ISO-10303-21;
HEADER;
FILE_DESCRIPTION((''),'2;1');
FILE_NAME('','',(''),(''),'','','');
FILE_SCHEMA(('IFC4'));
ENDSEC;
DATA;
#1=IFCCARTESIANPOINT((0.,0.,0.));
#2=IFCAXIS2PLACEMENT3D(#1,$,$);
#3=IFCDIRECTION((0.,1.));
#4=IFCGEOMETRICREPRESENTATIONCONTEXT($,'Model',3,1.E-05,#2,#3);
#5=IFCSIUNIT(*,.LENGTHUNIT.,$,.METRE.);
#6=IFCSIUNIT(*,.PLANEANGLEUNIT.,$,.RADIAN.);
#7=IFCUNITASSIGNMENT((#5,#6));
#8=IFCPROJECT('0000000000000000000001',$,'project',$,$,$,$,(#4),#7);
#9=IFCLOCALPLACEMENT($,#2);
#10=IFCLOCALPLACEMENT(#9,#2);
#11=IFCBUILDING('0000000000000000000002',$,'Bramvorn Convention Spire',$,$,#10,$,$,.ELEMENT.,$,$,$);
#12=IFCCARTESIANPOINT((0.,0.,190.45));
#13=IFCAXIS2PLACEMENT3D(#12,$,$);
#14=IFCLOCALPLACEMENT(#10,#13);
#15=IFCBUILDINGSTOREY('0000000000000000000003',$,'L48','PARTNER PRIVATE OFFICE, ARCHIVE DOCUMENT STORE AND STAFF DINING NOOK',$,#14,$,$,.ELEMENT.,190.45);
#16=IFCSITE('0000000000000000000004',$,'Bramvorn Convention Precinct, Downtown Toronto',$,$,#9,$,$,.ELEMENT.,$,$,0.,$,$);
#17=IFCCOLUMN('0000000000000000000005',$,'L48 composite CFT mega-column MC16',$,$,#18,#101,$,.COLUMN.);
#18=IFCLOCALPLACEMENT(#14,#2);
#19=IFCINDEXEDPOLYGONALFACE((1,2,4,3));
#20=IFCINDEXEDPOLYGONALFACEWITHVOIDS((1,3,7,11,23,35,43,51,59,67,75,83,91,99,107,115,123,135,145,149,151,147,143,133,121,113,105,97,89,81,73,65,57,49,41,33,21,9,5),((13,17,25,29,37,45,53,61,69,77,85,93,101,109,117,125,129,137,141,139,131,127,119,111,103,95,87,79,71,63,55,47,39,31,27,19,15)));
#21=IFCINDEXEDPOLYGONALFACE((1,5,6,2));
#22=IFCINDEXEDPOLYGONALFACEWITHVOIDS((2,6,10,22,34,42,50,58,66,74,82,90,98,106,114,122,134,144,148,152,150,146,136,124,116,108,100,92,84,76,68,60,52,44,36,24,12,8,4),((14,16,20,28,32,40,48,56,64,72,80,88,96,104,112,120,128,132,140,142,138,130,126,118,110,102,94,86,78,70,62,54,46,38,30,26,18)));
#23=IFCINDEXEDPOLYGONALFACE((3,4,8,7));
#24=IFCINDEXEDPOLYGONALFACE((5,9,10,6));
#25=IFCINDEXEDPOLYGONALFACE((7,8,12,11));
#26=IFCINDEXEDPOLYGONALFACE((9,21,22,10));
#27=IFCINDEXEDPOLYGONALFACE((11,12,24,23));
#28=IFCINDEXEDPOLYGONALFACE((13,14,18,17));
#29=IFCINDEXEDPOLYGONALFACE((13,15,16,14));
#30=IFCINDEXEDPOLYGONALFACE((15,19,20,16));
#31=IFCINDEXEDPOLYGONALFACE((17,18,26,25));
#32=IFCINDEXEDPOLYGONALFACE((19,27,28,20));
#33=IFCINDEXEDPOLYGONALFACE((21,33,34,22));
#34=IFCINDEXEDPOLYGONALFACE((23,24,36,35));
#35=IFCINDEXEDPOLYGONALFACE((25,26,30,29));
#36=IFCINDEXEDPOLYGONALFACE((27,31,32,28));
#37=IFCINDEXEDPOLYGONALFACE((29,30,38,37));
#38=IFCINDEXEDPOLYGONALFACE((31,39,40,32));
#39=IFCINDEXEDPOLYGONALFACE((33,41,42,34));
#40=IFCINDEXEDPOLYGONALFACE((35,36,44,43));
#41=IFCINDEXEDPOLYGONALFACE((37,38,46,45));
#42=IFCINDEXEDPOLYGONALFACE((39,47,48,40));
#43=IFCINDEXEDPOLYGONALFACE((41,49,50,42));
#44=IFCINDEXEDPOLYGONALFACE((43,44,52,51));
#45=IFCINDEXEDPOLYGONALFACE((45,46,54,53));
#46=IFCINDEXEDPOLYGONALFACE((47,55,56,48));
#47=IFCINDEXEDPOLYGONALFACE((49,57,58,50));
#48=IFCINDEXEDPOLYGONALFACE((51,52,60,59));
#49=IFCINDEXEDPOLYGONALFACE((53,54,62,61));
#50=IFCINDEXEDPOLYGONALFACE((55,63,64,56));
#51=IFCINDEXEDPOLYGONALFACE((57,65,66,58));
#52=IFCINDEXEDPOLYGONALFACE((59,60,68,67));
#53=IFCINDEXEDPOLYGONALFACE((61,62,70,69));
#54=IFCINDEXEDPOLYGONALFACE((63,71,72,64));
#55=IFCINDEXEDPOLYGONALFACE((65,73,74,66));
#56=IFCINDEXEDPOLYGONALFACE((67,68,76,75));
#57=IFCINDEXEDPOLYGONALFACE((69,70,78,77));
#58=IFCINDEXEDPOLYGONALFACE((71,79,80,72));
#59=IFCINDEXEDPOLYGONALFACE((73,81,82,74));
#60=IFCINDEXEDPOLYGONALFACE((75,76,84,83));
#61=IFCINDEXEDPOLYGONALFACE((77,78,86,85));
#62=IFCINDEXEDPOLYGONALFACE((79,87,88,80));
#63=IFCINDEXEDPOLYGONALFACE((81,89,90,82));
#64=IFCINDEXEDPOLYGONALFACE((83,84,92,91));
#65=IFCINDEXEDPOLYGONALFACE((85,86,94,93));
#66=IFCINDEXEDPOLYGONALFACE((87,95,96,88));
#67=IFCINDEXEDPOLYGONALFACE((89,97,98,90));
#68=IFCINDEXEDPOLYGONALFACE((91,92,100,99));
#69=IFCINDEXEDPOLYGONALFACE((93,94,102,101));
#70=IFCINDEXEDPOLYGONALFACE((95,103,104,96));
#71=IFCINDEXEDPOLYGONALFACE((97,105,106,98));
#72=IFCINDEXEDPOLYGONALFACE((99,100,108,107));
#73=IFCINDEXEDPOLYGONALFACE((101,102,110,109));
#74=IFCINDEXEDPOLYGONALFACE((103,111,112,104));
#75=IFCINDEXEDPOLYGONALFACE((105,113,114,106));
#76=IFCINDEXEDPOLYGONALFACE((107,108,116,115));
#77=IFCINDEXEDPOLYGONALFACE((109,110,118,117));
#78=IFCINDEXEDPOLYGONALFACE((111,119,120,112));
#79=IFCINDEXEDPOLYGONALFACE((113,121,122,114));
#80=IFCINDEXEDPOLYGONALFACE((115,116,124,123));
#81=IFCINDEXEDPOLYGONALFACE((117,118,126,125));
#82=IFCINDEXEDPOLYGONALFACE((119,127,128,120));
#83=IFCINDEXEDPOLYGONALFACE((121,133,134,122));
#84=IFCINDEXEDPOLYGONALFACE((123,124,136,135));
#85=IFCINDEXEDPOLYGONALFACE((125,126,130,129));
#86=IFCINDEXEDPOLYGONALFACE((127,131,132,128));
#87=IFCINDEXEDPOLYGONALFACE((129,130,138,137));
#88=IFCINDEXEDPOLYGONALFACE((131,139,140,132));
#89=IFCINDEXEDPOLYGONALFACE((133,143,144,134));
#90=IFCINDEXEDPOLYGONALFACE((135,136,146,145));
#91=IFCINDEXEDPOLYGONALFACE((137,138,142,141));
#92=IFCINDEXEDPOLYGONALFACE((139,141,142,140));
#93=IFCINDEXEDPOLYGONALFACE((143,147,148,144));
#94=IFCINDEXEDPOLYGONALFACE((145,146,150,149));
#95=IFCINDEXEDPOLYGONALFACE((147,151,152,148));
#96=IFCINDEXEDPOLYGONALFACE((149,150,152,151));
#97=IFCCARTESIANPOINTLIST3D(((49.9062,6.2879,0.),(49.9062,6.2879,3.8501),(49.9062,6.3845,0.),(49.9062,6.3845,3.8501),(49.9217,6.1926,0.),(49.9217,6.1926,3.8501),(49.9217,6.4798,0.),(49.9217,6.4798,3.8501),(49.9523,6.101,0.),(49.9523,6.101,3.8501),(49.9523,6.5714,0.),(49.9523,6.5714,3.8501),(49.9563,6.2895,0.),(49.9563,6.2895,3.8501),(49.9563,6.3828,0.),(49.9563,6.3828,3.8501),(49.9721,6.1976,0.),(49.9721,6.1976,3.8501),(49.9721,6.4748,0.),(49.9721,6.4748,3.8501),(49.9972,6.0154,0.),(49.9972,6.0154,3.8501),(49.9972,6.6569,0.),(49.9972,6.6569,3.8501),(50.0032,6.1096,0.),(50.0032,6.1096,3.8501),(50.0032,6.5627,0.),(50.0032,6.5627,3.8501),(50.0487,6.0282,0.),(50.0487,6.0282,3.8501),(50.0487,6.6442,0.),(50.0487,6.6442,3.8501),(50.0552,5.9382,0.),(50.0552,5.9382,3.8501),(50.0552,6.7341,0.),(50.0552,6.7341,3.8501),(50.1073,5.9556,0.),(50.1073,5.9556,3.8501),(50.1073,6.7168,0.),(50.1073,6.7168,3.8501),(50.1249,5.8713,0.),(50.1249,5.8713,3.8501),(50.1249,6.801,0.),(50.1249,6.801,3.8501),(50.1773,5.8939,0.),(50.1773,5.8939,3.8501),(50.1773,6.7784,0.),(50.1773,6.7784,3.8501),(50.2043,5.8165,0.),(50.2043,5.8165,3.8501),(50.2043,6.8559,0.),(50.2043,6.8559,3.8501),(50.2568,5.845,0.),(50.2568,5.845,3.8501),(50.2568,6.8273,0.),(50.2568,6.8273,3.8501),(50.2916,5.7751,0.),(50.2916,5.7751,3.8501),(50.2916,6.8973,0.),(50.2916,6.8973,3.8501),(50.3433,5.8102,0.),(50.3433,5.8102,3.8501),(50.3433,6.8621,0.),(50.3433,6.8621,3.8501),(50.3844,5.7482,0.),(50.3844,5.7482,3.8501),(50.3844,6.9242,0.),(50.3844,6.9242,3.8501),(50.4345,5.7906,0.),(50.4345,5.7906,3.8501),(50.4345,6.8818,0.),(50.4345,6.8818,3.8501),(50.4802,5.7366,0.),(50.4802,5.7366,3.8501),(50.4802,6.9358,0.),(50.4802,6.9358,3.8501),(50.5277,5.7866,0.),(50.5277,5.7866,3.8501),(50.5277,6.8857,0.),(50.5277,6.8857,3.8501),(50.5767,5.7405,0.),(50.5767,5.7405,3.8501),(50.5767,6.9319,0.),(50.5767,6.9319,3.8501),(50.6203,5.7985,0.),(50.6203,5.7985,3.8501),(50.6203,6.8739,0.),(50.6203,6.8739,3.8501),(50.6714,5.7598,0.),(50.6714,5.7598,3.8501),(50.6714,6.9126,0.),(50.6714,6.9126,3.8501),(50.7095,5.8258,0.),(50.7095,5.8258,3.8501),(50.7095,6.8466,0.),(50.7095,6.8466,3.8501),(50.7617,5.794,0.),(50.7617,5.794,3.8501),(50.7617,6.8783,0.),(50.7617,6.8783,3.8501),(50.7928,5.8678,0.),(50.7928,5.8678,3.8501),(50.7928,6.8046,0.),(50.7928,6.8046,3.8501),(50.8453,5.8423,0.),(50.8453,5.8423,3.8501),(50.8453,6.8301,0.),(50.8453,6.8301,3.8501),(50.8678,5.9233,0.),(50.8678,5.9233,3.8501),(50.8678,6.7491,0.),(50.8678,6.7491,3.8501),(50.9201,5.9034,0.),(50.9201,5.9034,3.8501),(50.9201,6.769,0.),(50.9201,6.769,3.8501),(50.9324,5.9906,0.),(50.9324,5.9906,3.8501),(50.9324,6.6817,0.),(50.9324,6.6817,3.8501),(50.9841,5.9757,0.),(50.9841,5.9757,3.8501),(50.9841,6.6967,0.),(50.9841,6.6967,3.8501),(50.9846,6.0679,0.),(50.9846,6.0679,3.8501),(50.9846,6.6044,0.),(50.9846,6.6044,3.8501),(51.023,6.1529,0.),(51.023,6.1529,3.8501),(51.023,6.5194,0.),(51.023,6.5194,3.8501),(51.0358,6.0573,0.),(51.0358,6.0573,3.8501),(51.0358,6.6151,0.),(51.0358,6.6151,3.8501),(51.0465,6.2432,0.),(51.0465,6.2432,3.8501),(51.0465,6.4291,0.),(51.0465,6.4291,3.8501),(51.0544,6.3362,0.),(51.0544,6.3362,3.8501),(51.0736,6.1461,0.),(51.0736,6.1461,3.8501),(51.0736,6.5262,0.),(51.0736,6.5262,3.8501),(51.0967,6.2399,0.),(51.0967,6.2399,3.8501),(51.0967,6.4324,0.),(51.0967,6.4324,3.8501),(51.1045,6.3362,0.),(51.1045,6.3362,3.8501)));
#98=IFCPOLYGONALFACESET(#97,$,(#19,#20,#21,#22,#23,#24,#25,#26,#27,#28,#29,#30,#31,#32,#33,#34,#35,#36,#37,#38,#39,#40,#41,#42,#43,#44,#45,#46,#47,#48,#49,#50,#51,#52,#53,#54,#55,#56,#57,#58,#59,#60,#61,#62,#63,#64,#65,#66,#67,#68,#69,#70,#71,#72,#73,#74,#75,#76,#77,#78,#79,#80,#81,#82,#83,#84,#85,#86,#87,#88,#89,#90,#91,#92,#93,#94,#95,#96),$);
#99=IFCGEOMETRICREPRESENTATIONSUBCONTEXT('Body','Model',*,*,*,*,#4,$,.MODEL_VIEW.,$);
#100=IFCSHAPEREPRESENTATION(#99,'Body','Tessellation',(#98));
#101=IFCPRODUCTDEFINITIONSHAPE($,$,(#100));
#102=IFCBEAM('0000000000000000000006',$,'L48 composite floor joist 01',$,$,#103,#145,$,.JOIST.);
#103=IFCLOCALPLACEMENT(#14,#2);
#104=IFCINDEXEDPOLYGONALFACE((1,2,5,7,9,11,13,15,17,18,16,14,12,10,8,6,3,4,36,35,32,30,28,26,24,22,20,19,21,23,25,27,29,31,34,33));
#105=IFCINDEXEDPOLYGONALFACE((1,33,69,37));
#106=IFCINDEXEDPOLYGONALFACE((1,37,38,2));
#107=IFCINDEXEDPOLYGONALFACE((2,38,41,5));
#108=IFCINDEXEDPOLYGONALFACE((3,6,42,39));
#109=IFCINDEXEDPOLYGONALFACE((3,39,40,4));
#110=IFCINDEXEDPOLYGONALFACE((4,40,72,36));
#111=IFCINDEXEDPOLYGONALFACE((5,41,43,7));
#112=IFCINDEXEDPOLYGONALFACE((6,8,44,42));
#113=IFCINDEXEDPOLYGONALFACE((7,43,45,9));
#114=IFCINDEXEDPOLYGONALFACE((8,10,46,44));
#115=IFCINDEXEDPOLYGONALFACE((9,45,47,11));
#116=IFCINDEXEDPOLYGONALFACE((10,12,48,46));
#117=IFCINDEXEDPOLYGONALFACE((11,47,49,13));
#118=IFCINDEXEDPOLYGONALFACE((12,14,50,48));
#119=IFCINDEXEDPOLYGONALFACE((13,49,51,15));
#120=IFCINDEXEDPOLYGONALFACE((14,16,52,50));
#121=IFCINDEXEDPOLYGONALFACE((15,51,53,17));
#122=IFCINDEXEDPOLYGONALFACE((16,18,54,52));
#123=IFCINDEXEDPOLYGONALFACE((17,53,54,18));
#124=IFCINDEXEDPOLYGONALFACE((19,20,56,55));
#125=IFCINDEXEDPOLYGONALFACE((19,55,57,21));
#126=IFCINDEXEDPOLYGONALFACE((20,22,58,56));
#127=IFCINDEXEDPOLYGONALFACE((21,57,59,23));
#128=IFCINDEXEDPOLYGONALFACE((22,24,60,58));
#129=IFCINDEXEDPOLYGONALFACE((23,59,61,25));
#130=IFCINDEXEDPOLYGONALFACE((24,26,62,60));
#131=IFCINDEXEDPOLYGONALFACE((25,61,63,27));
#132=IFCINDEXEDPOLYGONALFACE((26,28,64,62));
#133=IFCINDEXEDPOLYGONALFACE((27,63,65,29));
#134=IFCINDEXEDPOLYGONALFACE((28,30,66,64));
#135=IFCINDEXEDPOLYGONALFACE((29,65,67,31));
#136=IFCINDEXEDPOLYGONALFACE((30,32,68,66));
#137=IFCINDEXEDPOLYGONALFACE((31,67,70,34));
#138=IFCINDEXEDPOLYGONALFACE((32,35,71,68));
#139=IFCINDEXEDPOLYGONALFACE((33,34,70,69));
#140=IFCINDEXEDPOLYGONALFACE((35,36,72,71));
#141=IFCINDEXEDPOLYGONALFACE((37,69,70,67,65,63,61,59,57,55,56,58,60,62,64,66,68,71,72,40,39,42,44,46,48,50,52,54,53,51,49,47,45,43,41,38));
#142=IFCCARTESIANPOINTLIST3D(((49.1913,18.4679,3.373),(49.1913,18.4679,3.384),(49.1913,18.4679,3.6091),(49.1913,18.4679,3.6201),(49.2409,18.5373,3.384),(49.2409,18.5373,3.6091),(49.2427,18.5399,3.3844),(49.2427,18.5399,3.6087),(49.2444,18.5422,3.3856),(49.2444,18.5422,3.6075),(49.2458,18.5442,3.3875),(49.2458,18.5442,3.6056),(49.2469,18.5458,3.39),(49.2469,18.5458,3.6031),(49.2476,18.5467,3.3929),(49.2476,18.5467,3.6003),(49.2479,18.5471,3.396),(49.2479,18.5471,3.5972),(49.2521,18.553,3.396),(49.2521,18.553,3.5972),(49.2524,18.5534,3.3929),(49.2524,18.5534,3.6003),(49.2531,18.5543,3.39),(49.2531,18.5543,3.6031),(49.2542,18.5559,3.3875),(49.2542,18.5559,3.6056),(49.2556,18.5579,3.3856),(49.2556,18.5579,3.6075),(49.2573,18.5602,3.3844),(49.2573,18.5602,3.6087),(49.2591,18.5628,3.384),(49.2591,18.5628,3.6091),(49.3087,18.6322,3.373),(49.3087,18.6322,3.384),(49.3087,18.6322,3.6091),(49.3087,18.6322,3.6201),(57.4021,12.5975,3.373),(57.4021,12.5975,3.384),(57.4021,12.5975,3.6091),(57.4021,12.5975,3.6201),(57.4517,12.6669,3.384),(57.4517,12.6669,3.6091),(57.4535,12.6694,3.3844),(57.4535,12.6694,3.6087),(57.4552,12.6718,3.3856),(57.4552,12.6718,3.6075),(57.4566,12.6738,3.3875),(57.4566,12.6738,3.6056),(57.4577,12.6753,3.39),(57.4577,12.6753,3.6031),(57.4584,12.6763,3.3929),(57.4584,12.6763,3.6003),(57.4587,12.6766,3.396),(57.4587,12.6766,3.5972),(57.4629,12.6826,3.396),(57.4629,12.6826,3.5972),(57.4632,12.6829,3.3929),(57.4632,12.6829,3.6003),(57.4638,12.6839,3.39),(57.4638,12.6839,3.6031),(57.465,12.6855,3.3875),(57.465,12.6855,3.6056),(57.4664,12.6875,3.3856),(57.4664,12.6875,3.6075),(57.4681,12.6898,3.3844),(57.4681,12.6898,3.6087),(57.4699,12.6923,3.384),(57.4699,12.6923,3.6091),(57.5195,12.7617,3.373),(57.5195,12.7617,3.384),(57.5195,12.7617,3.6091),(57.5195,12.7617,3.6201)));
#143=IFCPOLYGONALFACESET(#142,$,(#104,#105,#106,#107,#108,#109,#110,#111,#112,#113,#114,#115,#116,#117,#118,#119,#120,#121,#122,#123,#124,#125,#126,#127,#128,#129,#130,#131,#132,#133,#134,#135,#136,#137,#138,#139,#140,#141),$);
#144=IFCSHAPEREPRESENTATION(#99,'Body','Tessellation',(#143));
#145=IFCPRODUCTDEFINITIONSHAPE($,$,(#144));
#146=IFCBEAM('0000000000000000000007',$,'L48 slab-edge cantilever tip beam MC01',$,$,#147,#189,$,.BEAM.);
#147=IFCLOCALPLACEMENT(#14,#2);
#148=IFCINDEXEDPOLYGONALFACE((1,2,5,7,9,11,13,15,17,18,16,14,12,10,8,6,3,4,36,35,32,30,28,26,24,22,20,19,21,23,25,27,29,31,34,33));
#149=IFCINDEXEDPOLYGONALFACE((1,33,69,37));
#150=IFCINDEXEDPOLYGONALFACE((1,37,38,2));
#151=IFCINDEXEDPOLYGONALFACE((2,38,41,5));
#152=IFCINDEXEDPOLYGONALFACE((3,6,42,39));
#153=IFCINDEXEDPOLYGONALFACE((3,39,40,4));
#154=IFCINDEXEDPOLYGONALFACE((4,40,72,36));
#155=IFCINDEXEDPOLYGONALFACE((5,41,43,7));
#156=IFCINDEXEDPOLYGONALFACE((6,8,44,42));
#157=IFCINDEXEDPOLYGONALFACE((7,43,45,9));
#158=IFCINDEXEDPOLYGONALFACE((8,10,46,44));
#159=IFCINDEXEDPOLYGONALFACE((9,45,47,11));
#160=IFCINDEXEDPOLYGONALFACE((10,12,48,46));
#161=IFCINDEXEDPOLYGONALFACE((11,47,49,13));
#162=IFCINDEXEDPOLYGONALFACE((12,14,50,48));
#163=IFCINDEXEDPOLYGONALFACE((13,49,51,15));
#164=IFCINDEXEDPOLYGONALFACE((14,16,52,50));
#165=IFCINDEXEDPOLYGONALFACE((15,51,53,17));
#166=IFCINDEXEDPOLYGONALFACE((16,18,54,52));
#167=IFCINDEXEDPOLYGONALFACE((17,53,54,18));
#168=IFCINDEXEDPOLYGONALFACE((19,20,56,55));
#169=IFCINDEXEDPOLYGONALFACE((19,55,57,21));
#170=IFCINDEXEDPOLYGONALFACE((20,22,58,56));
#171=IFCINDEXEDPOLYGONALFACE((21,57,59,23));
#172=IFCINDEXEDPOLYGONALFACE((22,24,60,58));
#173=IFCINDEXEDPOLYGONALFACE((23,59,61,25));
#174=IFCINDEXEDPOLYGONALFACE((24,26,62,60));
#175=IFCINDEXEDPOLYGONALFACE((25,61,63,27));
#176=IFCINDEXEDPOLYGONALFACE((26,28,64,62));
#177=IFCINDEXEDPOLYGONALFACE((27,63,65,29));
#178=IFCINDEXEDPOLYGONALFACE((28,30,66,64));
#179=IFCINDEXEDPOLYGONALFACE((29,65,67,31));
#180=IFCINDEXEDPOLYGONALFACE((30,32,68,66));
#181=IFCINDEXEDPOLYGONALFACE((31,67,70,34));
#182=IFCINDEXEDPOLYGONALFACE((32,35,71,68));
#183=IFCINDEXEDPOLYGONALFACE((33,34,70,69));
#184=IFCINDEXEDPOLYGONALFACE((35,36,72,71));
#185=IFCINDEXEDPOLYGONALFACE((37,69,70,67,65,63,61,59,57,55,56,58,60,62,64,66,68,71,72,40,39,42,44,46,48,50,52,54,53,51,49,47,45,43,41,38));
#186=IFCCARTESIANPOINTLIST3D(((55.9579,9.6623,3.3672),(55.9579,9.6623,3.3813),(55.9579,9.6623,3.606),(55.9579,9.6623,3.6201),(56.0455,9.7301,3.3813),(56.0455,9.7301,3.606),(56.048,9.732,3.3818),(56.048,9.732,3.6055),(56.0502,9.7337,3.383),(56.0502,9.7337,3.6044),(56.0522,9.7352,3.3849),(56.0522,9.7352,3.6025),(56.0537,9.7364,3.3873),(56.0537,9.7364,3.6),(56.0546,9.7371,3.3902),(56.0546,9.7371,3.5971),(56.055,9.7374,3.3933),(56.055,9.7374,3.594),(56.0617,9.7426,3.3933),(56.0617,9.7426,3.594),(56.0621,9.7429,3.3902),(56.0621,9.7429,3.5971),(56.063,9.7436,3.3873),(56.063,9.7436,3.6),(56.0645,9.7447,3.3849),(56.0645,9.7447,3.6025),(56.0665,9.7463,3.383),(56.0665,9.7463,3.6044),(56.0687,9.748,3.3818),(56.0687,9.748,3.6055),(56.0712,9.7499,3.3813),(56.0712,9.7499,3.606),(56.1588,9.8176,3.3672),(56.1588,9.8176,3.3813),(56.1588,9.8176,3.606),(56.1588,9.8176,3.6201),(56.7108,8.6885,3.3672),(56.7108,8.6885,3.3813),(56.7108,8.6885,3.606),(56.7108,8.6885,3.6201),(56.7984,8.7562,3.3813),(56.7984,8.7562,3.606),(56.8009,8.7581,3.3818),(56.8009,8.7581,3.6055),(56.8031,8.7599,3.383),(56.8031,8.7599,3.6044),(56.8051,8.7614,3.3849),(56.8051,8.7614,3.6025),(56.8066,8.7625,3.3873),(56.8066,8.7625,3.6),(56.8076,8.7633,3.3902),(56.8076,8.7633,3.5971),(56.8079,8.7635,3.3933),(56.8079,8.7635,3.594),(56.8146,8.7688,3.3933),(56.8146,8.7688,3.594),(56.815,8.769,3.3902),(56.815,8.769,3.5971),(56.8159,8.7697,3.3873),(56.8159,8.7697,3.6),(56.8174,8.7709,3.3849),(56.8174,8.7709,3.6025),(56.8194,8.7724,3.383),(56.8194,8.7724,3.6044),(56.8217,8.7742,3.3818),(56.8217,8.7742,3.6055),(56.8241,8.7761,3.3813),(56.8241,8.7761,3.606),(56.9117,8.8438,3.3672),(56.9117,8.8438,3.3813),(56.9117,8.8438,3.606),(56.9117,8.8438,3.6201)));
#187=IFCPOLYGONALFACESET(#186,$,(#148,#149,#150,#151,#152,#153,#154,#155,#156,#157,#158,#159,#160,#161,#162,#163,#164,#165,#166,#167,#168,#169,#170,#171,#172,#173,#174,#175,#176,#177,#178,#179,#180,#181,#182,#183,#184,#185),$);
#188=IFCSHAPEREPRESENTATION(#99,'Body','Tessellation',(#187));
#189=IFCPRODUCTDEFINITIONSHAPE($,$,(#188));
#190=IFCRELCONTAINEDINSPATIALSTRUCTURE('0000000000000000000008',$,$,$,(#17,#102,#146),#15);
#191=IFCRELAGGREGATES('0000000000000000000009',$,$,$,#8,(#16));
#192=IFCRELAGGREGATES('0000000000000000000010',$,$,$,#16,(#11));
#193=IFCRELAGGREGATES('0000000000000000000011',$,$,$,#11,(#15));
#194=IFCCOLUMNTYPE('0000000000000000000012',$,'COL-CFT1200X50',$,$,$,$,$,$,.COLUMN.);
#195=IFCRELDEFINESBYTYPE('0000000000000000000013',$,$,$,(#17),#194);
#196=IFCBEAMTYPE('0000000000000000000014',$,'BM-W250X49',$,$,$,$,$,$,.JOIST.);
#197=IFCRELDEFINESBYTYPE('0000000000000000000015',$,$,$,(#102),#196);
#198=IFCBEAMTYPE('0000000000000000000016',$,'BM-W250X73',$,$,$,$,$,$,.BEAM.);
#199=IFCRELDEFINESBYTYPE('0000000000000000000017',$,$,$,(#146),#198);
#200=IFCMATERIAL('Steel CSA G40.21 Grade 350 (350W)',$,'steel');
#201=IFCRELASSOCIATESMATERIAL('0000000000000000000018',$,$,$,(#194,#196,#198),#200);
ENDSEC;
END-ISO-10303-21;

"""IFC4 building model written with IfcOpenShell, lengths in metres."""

from ifc_helpers import new_model, si_unit, direction, frame, origin, origin_2d, place, context, subcontext, project, spatial, hollow_circle, i_section, extrude, material, material_profile, profile_set, type_object, element, save


model = new_model("IFC4")

# Units and contexts
model_context = context("Model", 3, precision=1e-05, world=origin(), true_north=direction((0.0, 1.0)))
body_context = subcontext(model_context, "Body", "Model", "MODEL_VIEW")
ifc_project = project(units=[si_unit("LENGTHUNIT", "METRE"), si_unit("PLANEANGLEUNIT", "RADIAN")], contexts=[model_context])

# Site, building, storey
site_placement = place(None, origin())
site = spatial("IfcSite", under=ifc_project, at=site_placement, Name="Bramvorn Convention Precinct, Downtown Toronto", CompositionType="ELEMENT", RefElevation=0.0)
building_placement = place(site_placement, origin())
building = spatial("IfcBuilding", under=site, at=building_placement, Name="Bramvorn Convention Spire", CompositionType="ELEMENT")
storey_placement = place(building_placement, frame((0.0, 0.0, 190.45)))
storey = spatial("IfcBuildingStorey", under=building, at=storey_placement, Name="L48", Description="PARTNER PRIVATE OFFICE, ARCHIVE DOCUMENT STORE AND STAFF DINING NOOK", CompositionType="ELEMENT", Elevation=190.45)

# Column
ifc_material_1 = material(Name="Steel CSA G40.21 Grade 350 (350W)", Category="steel")
ifc_material_profile_1 = material_profile(ifc_material_1, hollow_circle(Radius=0.6001, WallThickness=0.05, at=origin_2d()))
ifc_profile_set_1 = profile_set([ifc_material_profile_1], Name="Steel CSA G40.21 Grade 350 (350W) - CFT1200X50")
column_type = type_object("IfcColumnType", Name="COL-CFT1200X50", PredefinedType="COLUMN", material=ifc_profile_set_1)
for number, where, z_axis, x_axis, name in (
    (1, (50.5044, 6.3362, 0.0), (0.0, 0.0, 1.0), (1.0, 0.0, 0.0), "L48 composite CFT mega-column MC16"),
):
    element("IfcColumn", number, at=place(storey_placement, frame(where, z_axis=z_axis, x_axis=x_axis)), inside=storey, type_object=column_type, Name=name, PredefinedType="COLUMN", context=body_context, shape_type="SweptSolid", body=[
        extrude(hollow_circle(Radius=0.6001, WallThickness=0.05, at=origin_2d()), origin(), (0.0, 0.0, 1.0), 3.8501),
    ])

# Beams
ifc_material_profile_2 = material_profile(ifc_material_1, i_section(OverallWidth=0.2019, OverallDepth=0.2471, WebThickness=0.0073, FlangeThickness=0.011, FilletRadius=0.012, at=origin_2d()))
ifc_profile_set_2 = profile_set([ifc_material_profile_2], Name="Steel CSA G40.21 Grade 350 (350W) - W250X49")
beam_type_1 = type_object("IfcBeamType", Name="BM-W250X49", PredefinedType="JOIST", material=ifc_profile_set_2)
beam_1_placement = place(storey_placement, frame((49.25, 18.55, 3.4966), z_axis=(0.813472, -0.581604, 0.0), x_axis=(0.581604, 0.813472, 0.0)))
element("IfcBeam", 2, at=beam_1_placement, inside=storey, type_object=beam_type_1, Name="L48 composite floor joist 01", PredefinedType="JOIST", context=body_context, shape_type="SweptSolid", body=[
    extrude(i_section(OverallWidth=0.2019, OverallDepth=0.2471, WebThickness=0.0073, FlangeThickness=0.011, FilletRadius=0.012, at=origin_2d()), origin(), (0.0, 0.0, 1.0), 10.0935),
])
ifc_material_profile_3 = material_profile(ifc_material_1, i_section(OverallWidth=0.2539, OverallDepth=0.2529, WebThickness=0.0085, FlangeThickness=0.0142, FilletRadius=0.012, at=origin_2d()))
ifc_profile_set_3 = profile_set([ifc_material_profile_3], Name="Steel CSA G40.21 Grade 350 (350W) - W250X73")
beam_type_2 = type_object("IfcBeamType", Name="BM-W250X73", PredefinedType="BEAM", material=ifc_profile_set_3)
beam_2_placement = place(storey_placement, frame((56.0583, 9.74, 3.4937), z_axis=(0.611645, -0.791132, 0.0), x_axis=(0.791132, 0.611645, 0.0)))
element("IfcBeam", 3, at=beam_2_placement, inside=storey, type_object=beam_type_2, Name="L48 slab-edge cantilever tip beam MC01", PredefinedType="BEAM", context=body_context, shape_type="SweptSolid", body=[
    extrude(i_section(OverallWidth=0.2539, OverallDepth=0.2529, WebThickness=0.0085, FlangeThickness=0.0142, FilletRadius=0.012, at=origin_2d()), origin(), (0.0, 0.0, 1.0), 1.231),
])

save(model, "model.ifc")
